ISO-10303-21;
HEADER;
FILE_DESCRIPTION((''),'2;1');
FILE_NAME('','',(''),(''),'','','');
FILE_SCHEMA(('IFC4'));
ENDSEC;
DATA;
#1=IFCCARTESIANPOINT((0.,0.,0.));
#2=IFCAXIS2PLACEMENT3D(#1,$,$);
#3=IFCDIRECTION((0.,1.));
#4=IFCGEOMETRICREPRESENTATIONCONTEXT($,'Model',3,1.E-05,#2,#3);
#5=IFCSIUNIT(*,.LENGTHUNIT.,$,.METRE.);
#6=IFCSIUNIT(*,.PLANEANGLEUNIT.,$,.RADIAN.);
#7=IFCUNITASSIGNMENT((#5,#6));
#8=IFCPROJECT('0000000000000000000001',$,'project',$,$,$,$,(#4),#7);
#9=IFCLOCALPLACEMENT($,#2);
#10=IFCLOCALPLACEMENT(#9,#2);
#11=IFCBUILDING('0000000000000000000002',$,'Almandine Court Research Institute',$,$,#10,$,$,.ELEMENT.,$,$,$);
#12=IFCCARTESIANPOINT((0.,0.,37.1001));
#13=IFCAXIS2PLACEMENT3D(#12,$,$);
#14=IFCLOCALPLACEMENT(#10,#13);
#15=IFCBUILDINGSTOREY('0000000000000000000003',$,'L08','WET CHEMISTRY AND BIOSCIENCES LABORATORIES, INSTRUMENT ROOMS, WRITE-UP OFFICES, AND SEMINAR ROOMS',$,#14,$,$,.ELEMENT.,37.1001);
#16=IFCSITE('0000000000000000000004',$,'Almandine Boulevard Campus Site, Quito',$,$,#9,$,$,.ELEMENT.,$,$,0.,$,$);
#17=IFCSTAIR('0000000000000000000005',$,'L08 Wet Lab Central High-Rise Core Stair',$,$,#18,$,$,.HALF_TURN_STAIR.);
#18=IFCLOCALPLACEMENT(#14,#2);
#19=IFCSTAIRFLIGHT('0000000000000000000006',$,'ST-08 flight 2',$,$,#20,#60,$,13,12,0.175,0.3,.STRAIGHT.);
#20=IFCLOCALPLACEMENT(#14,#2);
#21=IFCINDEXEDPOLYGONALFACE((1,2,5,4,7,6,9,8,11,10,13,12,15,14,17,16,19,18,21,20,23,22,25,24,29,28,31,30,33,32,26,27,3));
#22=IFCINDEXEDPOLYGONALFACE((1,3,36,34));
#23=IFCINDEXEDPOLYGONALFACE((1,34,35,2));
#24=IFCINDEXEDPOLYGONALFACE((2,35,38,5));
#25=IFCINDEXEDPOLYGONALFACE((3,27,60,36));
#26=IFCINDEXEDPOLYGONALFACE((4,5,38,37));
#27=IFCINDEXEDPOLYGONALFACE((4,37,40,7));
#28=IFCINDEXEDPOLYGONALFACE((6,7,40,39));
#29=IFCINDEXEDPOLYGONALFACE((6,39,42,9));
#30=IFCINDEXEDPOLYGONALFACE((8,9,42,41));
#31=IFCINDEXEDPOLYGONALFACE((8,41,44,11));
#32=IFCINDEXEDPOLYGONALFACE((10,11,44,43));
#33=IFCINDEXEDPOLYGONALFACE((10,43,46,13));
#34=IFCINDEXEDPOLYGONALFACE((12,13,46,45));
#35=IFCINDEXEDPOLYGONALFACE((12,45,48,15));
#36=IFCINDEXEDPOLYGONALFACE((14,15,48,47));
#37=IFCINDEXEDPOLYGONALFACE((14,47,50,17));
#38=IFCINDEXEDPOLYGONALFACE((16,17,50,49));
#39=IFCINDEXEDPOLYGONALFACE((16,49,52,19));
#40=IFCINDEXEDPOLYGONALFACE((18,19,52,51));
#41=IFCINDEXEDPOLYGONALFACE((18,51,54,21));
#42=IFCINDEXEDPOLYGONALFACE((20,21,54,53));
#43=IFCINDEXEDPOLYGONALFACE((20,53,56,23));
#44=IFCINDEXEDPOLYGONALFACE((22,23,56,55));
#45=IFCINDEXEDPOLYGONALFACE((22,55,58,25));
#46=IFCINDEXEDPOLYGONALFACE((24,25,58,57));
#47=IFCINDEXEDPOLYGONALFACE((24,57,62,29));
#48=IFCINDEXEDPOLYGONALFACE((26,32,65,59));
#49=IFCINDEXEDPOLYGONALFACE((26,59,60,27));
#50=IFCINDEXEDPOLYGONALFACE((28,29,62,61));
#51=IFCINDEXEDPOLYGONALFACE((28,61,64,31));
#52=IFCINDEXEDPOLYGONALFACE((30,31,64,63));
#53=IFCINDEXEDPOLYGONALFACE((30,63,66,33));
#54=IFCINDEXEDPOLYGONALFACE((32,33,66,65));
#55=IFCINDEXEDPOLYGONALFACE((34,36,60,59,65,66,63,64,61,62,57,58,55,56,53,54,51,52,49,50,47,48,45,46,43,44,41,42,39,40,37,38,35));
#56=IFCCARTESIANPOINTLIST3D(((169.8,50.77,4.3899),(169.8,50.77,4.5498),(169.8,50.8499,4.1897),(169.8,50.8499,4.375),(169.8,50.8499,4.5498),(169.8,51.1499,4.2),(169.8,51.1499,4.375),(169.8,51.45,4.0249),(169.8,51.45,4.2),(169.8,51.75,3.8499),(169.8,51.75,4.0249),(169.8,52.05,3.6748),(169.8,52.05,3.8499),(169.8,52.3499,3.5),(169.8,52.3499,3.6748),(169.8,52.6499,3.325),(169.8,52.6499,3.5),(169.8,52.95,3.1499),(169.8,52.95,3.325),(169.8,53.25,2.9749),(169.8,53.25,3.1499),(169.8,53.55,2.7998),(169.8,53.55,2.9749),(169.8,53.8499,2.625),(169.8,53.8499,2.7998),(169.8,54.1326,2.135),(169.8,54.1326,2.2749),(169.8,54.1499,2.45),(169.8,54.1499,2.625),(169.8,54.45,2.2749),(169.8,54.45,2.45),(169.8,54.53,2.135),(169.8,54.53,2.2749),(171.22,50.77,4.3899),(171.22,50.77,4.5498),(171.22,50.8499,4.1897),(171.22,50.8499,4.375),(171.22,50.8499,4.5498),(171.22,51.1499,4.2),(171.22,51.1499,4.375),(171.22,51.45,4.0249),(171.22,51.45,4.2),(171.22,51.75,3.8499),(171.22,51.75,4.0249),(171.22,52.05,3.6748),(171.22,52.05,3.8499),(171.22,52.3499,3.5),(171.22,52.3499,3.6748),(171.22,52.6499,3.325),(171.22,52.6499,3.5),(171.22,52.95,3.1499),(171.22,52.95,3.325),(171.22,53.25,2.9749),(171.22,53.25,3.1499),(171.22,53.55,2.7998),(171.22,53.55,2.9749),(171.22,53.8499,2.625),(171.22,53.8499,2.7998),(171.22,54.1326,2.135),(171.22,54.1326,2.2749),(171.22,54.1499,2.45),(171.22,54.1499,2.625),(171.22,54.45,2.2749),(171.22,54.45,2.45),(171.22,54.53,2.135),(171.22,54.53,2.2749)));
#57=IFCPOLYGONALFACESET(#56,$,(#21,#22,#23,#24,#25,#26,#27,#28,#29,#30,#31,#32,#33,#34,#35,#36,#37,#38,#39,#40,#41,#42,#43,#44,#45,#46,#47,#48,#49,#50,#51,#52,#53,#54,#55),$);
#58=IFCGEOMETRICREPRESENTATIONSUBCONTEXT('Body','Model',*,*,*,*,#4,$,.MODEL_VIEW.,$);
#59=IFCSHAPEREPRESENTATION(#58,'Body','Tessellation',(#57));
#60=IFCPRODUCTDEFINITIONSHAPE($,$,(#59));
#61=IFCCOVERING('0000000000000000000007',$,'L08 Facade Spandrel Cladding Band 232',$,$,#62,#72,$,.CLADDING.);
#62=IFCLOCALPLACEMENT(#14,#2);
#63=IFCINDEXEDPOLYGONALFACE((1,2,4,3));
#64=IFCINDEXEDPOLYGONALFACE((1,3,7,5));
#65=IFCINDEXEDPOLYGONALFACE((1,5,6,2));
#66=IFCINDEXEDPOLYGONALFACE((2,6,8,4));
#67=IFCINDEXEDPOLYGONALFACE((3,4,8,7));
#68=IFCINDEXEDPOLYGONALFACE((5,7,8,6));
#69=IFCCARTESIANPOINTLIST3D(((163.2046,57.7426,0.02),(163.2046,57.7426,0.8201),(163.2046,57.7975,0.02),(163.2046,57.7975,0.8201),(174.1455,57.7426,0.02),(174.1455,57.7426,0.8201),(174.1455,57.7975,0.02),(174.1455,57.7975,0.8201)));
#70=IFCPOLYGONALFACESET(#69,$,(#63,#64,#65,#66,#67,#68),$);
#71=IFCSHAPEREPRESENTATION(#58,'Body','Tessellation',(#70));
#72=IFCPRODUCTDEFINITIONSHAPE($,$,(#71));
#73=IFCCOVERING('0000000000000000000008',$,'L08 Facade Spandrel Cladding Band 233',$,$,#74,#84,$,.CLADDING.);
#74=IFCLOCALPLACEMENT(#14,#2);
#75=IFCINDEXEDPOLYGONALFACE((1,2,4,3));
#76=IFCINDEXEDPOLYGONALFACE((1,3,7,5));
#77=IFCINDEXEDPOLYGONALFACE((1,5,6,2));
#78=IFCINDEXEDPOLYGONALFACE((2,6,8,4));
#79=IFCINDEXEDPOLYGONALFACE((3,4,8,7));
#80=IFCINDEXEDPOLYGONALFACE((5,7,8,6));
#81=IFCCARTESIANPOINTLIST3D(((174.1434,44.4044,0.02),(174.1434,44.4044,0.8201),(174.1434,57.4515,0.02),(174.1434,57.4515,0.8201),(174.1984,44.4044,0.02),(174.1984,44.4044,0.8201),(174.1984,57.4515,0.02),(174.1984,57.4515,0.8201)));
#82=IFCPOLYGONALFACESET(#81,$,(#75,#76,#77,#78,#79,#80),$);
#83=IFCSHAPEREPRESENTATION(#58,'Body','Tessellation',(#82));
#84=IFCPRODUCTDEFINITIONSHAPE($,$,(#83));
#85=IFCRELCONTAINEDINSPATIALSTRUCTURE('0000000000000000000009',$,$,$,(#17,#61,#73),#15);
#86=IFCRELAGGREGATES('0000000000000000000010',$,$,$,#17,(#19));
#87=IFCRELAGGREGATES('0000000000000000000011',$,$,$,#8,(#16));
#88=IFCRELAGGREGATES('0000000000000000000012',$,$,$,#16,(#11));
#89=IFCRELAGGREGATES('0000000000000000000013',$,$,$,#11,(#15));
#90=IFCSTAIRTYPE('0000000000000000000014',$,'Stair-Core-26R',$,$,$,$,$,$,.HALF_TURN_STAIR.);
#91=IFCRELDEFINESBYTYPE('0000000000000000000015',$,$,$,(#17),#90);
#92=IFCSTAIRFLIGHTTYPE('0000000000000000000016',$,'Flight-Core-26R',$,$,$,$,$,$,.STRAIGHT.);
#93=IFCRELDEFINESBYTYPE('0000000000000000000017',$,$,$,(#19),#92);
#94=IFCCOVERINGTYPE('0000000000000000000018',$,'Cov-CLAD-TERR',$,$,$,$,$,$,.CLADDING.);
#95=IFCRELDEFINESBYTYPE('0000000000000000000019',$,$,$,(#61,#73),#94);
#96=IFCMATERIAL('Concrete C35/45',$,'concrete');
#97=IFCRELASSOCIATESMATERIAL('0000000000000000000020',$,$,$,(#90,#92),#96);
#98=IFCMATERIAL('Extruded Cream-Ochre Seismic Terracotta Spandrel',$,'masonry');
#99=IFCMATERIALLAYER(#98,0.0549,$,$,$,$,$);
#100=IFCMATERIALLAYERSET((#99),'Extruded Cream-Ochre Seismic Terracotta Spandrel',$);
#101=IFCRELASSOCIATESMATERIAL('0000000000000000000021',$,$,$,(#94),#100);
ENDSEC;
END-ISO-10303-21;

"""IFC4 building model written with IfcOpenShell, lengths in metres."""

from ifc_helpers import new_model, si_unit, direction, frame, origin, origin_2d, place, context, subcontext, project, spatial, polyline, rectangle, outline, extrude, material, layer, layer_set, type_object, element, aggregate, save


model = new_model("IFC4")

# Units and contexts
model_context = context("Model", 3, precision=1e-05, world=origin(), true_north=direction((0.0, 1.0)))
body_context = subcontext(model_context, "Body", "Model", "MODEL_VIEW")
ifc_project = project(units=[si_unit("LENGTHUNIT", "METRE"), si_unit("PLANEANGLEUNIT", "RADIAN")], contexts=[model_context])

# Site, building, storey
site_placement = place(None, origin())
site = spatial("IfcSite", under=ifc_project, at=site_placement, Name="Almandine Boulevard Campus Site, Quito", CompositionType="ELEMENT", RefElevation=0.0)
building_placement = place(site_placement, origin())
building = spatial("IfcBuilding", under=site, at=building_placement, Name="Almandine Court Research Institute", CompositionType="ELEMENT")
storey_placement = place(building_placement, frame((0.0, 0.0, 37.1001)))
storey = spatial("IfcBuildingStorey", under=building, at=storey_placement, Name="L08", Description="WET CHEMISTRY AND BIOSCIENCES LABORATORIES, INSTRUMENT ROOMS, WRITE-UP OFFICES, AND SEMINAR ROOMS", CompositionType="ELEMENT", Elevation=37.1001)

# Stair, stair flight
ifc_material_1 = material(Name="Concrete C35/45", Category="concrete")
stair_type = type_object("IfcStairType", Name="Stair-Core-26R", PredefinedType="HALF_TURN_STAIR", material=ifc_material_1)
stair_placement = place(storey_placement, origin())
stair = element("IfcStair", 1, at=stair_placement, inside=storey, type_object=stair_type, Name="L08 Wet Lab Central High-Rise Core Stair", PredefinedType="HALF_TURN_STAIR")
stair_flight_type = type_object("IfcStairFlightType", Name="Flight-Core-26R", PredefinedType="STRAIGHT", material=ifc_material_1)
stair_flight_1_placement = place(storey_placement, frame((170.51, 54.45, 2.2749), z_axis=(0.0, 0.0, 1.0), x_axis=(0.0, -1.0, 0.0)))
stair_flight_1 = element("IfcStairFlight", 2, at=stair_flight_1_placement, type_object=stair_flight_type, Name="ST-08 flight 2", NumberOfRisers=13, NumberOfTreads=12, PredefinedType="STRAIGHT", RiserHeight=0.175, TreadLength=0.3, context=body_context, shape_type="SweptSolid", body=[
    extrude(outline(polyline([(-0.0801, -0.1399), (-0.0801, 0.0), (0.0, 0.0), (0.0, 0.175), (0.3, 0.175), (0.3, 0.3501), (0.6001, 0.3501), (0.6001, 0.5249), (0.8999, 0.5249), (0.8999, 0.7), (1.2, 0.7), (1.2, 0.875), (1.5, 0.875), (1.5, 1.05), (1.8, 1.05), (1.8, 1.2251), (2.1001, 1.2251), (2.1001, 1.3999), (2.3999, 1.3999), (2.3999, 1.575), (2.7, 1.575), (2.7, 1.75), (3.0, 1.75), (3.0, 1.925), (3.3, 1.925), (3.3, 2.1001), (3.6001, 2.1001), (3.6001, 2.2749), (3.6799, 2.2749), (3.6799, 2.115), (3.6001, 1.9148), (0.3174, 0.0), (0.3174, -0.1399), (-0.0801, -0.1399)])), frame((0.0, 0.71, 0.0), z_axis=(0.0, -1.0, 0.0), x_axis=(1.0, 0.0, 0.0)), (0.0, 0.0, 1.0), 1.4199),
])
aggregate(stair, [stair_flight_1])

# Coverings
ifc_material_2 = material(Name="Extruded Cream-Ochre Seismic Terracotta Spandrel", Category="masonry")
ifc_layer_1 = layer(ifc_material_2, 0.0549)
ifc_layer_set_1 = layer_set([ifc_layer_1], Name="Extruded Cream-Ochre Seismic Terracotta Spandrel")
covering_type = type_object("IfcCoveringType", Name="Cov-CLAD-TERR", PredefinedType="CLADDING", material=ifc_layer_set_1)
covering_1_placement = place(storey_placement, frame((168.675, 57.77, 0.02), z_axis=(0.0, 0.0, 1.0), x_axis=(1.0, 0.0, 0.0)))
element("IfcCovering", 3, at=covering_1_placement, inside=storey, type_object=covering_type, Name="L08 Facade Spandrel Cladding Band 232", PredefinedType="CLADDING", context=body_context, shape_type="SweptSolid", body=[
    extrude(rectangle(XDim=10.9409, YDim=0.0549, at=origin_2d()), origin(), (0.0, 0.0, 1.0), 0.8),
])
covering_2_placement = place(storey_placement, frame((174.1709, 50.928, 0.02), z_axis=(0.0, 0.0, 1.0), x_axis=(0.0, -1.0, 0.0)))
element("IfcCovering", 4, at=covering_2_placement, inside=storey, type_object=covering_type, Name="L08 Facade Spandrel Cladding Band 233", PredefinedType="CLADDING", context=body_context, shape_type="SweptSolid", body=[
    extrude(rectangle(XDim=13.0471, YDim=0.0549, at=origin_2d()), origin(), (0.0, 0.0, 1.0), 0.8),
])

save(model, "model.ifc")
